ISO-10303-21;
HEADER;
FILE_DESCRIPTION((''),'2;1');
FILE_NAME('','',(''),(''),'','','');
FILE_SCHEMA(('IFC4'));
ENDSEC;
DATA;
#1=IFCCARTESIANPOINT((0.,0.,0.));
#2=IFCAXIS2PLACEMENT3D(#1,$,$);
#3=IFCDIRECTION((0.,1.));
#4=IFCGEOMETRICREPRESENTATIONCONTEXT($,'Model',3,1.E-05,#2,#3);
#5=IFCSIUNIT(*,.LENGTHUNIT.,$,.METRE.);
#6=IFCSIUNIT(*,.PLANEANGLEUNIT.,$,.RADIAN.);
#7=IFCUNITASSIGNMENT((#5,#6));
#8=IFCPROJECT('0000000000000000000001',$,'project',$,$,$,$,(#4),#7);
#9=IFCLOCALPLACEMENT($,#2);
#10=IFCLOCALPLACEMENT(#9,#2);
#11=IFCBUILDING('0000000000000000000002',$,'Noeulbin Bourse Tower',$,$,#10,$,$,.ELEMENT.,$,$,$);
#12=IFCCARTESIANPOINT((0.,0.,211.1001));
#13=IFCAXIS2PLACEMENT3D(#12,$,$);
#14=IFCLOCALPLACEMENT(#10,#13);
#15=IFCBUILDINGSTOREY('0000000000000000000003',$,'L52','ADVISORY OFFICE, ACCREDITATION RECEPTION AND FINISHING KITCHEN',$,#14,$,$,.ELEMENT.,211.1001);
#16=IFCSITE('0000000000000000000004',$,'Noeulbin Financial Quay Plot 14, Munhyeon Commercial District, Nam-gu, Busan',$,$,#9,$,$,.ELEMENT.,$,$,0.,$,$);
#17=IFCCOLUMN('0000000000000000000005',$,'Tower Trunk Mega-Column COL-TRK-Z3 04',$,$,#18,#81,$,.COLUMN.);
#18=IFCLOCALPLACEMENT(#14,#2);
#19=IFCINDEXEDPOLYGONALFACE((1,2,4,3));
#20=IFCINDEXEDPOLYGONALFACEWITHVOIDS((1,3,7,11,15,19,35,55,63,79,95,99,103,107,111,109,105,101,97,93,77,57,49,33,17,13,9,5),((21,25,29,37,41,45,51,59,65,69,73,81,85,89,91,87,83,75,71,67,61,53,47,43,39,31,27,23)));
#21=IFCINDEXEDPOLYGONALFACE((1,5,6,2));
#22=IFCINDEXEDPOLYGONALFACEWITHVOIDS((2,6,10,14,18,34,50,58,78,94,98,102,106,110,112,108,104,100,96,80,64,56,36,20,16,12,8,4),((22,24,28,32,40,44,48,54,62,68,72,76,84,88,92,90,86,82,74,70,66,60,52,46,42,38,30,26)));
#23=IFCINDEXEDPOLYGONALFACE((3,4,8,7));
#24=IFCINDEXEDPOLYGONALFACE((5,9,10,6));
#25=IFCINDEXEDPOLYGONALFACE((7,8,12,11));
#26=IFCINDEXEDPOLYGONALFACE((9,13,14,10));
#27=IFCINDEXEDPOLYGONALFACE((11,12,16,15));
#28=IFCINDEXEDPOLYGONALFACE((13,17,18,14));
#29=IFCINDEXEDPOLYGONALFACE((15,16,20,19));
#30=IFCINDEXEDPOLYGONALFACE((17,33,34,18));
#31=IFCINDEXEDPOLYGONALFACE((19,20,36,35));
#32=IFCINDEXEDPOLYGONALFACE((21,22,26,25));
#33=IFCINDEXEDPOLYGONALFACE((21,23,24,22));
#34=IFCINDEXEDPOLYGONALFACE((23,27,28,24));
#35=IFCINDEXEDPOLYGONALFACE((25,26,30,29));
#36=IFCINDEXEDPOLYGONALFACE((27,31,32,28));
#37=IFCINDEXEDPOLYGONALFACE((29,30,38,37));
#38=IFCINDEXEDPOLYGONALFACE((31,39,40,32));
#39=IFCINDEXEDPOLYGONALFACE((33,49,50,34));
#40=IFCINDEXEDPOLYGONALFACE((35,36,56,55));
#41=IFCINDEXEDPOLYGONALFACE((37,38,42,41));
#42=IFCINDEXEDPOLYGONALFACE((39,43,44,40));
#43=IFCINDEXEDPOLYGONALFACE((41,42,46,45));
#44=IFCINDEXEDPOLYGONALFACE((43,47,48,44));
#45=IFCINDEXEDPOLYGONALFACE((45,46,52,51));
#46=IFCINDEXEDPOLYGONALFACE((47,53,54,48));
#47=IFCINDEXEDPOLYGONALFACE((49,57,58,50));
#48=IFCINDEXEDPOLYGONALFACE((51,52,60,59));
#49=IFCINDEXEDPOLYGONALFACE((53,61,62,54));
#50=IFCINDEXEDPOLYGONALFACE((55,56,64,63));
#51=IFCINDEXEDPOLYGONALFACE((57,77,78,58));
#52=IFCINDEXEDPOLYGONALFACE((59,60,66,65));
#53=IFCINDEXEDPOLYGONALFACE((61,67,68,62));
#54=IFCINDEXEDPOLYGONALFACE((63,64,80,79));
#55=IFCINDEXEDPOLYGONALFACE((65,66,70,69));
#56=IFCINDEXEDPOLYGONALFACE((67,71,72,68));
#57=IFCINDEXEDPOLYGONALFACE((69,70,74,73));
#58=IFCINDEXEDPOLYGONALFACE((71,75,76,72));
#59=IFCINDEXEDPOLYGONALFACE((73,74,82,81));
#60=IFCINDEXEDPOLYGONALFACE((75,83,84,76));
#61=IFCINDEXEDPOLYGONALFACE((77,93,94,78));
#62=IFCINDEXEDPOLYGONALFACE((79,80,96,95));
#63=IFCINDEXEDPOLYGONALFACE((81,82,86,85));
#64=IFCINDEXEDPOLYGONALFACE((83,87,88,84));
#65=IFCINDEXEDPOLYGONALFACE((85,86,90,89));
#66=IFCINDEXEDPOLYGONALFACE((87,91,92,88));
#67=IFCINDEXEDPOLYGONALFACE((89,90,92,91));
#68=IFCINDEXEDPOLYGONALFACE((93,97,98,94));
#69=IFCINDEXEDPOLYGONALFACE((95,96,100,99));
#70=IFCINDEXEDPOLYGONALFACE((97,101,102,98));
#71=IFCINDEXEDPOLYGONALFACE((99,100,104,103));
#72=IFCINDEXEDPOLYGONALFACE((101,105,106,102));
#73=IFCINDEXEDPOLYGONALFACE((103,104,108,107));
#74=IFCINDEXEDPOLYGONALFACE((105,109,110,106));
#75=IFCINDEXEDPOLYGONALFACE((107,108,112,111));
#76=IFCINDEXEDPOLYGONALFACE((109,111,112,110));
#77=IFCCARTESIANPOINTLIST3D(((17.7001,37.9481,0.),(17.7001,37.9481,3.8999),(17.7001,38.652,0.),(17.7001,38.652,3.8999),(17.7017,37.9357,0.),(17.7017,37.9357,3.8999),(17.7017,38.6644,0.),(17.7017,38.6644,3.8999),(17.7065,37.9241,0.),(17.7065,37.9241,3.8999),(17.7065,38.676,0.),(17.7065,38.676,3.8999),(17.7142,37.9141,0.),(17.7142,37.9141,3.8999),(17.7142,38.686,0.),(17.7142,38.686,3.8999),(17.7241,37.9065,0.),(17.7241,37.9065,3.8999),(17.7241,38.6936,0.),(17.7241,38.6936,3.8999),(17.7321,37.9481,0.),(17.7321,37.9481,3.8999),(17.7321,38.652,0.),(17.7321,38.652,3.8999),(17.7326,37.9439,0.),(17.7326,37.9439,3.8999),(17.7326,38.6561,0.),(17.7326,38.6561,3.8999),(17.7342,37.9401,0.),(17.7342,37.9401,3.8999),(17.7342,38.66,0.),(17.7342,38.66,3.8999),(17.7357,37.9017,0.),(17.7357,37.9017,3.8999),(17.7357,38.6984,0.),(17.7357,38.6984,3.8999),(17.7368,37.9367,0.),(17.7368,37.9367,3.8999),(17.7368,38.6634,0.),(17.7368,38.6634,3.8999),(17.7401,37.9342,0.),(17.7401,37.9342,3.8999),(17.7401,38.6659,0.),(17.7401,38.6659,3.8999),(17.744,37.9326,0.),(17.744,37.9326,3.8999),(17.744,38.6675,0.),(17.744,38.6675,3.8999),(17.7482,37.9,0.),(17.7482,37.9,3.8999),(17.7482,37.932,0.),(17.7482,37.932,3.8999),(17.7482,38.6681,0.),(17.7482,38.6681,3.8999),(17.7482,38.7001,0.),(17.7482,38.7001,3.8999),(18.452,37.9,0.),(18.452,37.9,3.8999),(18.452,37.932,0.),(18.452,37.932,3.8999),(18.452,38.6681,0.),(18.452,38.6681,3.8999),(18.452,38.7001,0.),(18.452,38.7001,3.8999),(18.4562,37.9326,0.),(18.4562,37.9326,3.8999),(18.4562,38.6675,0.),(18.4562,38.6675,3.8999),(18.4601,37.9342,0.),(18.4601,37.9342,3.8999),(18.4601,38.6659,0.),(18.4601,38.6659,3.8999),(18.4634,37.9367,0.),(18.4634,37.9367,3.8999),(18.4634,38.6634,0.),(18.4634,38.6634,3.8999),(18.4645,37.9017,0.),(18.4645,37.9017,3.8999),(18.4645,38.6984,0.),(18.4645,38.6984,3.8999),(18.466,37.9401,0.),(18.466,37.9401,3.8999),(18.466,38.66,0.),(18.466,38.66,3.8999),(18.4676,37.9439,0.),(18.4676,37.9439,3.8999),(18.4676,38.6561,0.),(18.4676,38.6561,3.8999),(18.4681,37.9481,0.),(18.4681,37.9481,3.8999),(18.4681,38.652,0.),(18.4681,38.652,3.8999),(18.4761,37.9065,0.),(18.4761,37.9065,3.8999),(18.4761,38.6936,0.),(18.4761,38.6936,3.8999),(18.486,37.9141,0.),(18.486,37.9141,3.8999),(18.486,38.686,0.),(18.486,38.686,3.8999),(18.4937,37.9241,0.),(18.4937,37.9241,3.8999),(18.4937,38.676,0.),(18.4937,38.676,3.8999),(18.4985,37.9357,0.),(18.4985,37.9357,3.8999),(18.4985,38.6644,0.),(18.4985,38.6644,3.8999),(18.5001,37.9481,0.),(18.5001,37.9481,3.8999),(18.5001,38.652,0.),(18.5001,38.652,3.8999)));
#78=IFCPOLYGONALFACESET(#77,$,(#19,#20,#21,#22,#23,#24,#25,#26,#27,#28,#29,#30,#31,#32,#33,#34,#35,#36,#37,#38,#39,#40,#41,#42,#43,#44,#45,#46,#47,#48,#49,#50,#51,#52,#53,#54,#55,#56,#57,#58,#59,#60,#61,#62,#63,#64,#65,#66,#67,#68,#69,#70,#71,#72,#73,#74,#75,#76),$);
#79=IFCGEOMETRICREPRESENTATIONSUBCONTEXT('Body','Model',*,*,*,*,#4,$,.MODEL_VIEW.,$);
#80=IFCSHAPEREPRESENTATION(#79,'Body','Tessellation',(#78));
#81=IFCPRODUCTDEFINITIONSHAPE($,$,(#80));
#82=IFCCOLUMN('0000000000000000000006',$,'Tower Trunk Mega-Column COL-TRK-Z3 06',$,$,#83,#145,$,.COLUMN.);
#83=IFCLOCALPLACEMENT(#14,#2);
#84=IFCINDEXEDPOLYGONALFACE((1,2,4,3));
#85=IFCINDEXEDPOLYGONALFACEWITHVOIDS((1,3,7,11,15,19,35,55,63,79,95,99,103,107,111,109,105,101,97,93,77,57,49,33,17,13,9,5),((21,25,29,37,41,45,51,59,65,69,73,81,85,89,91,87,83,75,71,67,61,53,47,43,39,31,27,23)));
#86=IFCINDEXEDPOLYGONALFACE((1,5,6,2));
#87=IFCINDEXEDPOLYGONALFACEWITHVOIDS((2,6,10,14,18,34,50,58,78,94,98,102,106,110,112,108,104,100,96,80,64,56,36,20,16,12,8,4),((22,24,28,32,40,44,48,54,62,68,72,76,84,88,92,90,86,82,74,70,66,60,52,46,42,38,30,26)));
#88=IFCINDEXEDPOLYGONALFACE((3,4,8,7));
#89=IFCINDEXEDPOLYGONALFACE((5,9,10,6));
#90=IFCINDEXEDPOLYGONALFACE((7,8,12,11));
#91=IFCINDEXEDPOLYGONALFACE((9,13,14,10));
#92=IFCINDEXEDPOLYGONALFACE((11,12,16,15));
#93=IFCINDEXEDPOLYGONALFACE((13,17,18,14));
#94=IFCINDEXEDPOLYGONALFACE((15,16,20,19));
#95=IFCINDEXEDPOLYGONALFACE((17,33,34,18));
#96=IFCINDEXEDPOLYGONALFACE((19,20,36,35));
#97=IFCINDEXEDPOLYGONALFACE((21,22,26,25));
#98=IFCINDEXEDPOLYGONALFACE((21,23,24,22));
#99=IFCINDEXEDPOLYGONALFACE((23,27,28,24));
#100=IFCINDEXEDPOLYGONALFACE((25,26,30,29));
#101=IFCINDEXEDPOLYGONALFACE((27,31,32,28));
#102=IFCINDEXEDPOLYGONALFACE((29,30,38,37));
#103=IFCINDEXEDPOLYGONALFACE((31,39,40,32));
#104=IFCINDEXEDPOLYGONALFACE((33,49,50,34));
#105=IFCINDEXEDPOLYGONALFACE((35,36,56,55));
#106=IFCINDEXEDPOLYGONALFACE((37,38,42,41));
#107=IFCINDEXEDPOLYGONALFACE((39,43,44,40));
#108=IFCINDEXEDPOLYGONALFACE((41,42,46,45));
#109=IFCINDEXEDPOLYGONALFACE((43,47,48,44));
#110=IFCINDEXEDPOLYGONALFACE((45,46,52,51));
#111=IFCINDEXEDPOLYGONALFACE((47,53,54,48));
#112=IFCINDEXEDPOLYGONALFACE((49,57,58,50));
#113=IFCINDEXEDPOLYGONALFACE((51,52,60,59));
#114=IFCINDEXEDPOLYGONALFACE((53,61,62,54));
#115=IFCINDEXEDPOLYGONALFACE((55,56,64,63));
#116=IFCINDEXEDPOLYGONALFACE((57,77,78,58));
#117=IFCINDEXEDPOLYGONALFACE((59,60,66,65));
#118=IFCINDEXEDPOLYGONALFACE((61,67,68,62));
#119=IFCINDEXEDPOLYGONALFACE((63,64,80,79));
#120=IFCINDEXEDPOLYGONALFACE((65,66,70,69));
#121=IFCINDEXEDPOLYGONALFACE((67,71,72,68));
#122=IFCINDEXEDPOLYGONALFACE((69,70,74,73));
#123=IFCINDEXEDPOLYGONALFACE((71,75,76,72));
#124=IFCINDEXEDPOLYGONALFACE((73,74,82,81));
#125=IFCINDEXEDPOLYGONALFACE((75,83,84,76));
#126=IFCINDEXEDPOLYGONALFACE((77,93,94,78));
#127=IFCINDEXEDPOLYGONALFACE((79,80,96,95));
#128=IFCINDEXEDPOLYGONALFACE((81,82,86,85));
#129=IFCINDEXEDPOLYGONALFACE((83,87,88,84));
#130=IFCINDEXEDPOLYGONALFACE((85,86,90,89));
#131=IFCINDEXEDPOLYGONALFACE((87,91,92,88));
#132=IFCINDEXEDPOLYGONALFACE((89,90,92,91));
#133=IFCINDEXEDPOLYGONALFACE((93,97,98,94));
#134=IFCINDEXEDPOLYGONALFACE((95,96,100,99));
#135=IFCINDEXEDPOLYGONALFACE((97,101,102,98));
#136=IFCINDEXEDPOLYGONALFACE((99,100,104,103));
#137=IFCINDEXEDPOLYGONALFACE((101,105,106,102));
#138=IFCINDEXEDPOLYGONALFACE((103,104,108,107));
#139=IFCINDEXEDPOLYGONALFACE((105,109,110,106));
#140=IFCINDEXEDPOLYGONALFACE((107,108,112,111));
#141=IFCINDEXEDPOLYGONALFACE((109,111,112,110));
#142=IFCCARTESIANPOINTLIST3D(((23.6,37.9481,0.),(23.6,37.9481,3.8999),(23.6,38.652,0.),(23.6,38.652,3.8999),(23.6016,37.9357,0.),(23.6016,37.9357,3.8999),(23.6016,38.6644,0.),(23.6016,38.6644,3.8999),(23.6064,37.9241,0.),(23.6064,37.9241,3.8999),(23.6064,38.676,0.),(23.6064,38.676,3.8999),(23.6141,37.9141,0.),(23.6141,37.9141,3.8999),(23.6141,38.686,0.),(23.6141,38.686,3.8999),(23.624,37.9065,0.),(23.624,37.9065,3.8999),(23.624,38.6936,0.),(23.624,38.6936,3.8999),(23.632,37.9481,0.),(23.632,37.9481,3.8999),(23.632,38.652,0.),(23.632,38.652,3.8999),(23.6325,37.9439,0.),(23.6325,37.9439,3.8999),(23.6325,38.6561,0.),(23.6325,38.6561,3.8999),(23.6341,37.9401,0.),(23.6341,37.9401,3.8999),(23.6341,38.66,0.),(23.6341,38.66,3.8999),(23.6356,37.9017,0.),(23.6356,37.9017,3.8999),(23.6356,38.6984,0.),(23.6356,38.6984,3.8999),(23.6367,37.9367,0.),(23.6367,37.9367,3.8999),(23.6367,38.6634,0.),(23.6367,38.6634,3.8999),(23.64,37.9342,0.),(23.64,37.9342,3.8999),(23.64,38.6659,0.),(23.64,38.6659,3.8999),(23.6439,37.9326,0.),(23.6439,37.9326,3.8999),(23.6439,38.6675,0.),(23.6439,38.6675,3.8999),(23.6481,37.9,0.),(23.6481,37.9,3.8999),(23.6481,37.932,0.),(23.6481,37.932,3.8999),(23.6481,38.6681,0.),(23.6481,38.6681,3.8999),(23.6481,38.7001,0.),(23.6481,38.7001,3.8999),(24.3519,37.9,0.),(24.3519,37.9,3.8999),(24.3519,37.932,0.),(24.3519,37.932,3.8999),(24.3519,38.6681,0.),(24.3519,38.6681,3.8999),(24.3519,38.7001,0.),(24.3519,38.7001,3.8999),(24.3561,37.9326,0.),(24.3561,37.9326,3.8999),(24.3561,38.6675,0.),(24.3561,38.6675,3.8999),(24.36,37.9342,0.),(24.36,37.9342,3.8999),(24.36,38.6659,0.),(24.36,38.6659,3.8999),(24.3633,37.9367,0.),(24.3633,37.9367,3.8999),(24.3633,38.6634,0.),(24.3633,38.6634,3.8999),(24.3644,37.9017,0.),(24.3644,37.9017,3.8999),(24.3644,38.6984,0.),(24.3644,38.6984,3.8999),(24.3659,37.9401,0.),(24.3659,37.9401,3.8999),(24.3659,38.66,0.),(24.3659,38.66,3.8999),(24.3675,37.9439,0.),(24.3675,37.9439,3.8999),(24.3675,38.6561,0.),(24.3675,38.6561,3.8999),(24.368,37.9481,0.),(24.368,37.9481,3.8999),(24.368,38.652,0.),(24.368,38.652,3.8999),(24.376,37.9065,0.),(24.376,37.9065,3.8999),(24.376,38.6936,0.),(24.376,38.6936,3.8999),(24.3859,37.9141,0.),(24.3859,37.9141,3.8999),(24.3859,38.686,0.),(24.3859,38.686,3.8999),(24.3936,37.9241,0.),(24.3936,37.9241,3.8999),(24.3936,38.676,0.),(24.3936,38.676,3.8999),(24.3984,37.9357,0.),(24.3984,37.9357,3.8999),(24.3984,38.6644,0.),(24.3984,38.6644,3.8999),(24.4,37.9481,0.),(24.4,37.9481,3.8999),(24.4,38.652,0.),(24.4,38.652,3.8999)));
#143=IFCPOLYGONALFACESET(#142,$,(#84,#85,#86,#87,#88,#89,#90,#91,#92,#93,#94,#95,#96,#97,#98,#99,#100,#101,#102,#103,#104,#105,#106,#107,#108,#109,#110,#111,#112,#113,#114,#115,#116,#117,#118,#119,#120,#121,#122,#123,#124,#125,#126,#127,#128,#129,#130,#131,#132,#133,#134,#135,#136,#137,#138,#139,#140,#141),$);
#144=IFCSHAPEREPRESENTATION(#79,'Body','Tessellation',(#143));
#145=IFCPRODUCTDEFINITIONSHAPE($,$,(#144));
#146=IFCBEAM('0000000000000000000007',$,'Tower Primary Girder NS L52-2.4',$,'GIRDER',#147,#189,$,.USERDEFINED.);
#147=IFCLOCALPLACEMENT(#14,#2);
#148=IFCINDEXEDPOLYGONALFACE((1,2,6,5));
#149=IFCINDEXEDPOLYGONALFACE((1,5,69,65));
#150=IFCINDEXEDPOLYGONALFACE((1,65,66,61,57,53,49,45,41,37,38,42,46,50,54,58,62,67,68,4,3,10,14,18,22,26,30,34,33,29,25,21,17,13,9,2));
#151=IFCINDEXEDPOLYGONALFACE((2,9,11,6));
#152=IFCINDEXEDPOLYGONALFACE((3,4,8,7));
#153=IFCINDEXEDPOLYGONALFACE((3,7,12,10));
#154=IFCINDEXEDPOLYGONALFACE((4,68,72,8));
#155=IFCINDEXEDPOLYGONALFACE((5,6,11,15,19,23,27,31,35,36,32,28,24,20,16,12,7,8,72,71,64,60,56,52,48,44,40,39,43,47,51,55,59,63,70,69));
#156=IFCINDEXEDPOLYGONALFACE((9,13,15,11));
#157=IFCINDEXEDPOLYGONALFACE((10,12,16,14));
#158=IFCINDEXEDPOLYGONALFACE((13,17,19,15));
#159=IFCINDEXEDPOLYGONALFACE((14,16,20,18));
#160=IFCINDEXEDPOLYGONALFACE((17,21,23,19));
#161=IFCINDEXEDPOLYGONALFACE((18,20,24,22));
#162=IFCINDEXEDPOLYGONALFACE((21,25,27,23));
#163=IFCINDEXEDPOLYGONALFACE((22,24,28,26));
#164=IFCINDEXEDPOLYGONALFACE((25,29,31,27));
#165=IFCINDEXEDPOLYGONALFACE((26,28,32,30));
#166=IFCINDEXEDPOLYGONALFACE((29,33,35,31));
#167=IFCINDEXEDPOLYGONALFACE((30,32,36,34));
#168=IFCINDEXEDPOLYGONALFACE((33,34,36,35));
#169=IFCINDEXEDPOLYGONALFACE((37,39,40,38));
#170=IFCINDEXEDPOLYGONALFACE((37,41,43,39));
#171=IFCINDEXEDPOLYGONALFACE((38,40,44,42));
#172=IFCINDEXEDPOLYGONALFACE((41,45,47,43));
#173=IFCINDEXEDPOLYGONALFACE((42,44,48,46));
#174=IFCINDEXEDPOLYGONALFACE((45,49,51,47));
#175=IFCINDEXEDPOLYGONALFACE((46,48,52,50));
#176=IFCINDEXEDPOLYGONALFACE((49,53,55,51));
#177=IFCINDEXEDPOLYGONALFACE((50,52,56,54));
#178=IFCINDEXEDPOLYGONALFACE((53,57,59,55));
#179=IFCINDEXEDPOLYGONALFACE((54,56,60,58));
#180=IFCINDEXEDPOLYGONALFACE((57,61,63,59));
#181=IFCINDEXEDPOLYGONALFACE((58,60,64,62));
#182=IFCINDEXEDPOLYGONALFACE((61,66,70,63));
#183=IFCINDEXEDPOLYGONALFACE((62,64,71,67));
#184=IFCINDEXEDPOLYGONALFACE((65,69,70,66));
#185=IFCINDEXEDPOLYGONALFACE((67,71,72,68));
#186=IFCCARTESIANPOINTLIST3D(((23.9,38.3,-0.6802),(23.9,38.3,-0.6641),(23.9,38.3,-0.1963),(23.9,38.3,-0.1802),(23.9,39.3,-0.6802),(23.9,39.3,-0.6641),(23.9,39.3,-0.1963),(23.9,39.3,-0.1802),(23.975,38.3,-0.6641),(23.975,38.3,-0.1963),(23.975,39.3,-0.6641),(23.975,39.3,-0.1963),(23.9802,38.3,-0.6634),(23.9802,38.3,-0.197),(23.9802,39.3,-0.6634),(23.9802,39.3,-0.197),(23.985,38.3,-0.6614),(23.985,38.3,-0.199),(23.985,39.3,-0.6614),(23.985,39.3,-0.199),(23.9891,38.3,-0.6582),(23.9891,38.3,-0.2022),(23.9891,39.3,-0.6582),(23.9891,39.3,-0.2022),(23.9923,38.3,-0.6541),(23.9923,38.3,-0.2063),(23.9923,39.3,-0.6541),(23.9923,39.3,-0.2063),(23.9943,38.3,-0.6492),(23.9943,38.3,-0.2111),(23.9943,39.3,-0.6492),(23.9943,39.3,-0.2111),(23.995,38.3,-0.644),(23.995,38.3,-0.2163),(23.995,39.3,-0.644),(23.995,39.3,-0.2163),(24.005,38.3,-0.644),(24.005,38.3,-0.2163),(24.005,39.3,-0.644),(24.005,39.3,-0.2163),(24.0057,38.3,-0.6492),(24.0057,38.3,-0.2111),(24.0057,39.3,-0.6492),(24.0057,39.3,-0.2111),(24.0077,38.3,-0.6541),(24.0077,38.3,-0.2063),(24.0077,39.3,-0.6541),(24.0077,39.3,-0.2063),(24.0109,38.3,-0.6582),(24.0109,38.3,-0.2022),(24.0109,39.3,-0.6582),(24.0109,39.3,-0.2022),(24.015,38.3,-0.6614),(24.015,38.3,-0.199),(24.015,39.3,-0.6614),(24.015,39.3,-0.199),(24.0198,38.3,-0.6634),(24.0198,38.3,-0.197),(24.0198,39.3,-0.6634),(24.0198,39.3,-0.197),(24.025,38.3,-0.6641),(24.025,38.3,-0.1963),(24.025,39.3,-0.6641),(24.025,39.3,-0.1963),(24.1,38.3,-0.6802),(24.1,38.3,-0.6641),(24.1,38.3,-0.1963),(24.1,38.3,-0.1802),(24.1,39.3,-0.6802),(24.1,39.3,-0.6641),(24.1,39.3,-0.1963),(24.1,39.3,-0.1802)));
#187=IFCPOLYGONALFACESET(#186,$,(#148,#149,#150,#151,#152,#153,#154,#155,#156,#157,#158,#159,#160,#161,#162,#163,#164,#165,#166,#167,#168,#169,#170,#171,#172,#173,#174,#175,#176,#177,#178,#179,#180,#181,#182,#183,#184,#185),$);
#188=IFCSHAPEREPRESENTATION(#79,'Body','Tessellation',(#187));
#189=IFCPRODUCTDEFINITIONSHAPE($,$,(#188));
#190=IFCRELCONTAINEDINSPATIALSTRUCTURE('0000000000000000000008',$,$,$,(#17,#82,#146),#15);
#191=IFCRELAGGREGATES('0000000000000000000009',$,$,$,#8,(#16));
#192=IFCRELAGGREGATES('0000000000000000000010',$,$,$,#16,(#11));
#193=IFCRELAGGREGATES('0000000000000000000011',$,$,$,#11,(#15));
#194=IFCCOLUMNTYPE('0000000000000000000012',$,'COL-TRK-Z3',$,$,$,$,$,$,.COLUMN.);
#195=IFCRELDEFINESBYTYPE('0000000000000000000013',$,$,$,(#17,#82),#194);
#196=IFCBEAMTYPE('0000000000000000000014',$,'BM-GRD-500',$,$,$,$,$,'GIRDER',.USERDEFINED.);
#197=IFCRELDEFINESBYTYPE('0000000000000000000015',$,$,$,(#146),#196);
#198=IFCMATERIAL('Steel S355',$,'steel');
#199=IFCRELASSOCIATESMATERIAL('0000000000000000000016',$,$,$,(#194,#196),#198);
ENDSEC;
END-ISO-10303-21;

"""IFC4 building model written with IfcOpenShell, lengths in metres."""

from ifc_helpers import new_model, si_unit, direction, frame, origin, origin_2d, place, context, subcontext, project, spatial, hollow_rectangle, i_section, extrude, material, material_profile, profile_set, type_object, element, save


model = new_model("IFC4")

# Units and contexts
model_context = context("Model", 3, precision=1e-05, world=origin(), true_north=direction((0.0, 1.0)))
body_context = subcontext(model_context, "Body", "Model", "MODEL_VIEW")
ifc_project = project(units=[si_unit("LENGTHUNIT", "METRE"), si_unit("PLANEANGLEUNIT", "RADIAN")], contexts=[model_context])

# Site, building, storey
site_placement = place(None, origin())
site = spatial("IfcSite", under=ifc_project, at=site_placement, Name="Noeulbin Financial Quay Plot 14, Munhyeon Commercial District, Nam-gu, Busan", CompositionType="ELEMENT", RefElevation=0.0)
building_placement = place(site_placement, origin())
building = spatial("IfcBuilding", under=site, at=building_placement, Name="Noeulbin Bourse Tower", CompositionType="ELEMENT")
storey_placement = place(building_placement, frame((0.0, 0.0, 211.1001)))
storey = spatial("IfcBuildingStorey", under=building, at=storey_placement, Name="L52", Description="ADVISORY OFFICE, ACCREDITATION RECEPTION AND FINISHING KITCHEN", CompositionType="ELEMENT", Elevation=211.1001)

# Columns
ifc_material_1 = material(Name="Steel S355", Category="steel")
ifc_material_profile_1 = material_profile(ifc_material_1, hollow_rectangle(XDim=0.8, YDim=0.8, WallThickness=0.032, InnerFilletRadius=0.0161, OuterFilletRadius=0.0481, at=origin_2d()), Name="BOX-800x800x32", Category="LoadBearing")
ifc_profile_set_1 = profile_set([ifc_material_profile_1], Name="Steel S355")
column_type = type_object("IfcColumnType", Name="COL-TRK-Z3", PredefinedType="COLUMN", material=ifc_profile_set_1)
for number, where, z_axis, x_axis, name in (
    (1, (18.1001, 38.3, 0.0), (0.0, 0.0, 1.0), (1.0, 0.0, 0.0), "Tower Trunk Mega-Column COL-TRK-Z3 04"),
    (2, (24.0, 38.3, 0.0), (0.0, 0.0, 1.0), (1.0, 0.0, 0.0), "Tower Trunk Mega-Column COL-TRK-Z3 06"),
):
    element("IfcColumn", number, at=place(storey_placement, frame(where, z_axis=z_axis, x_axis=x_axis)), inside=storey, type_object=column_type, Name=name, PredefinedType="COLUMN", context=body_context, shape_type="SweptSolid", body=[
        extrude(hollow_rectangle(XDim=0.8, YDim=0.8, WallThickness=0.032, InnerFilletRadius=0.0161, OuterFilletRadius=0.0481, at=origin_2d()), origin(), (0.0, 0.0, 1.0), 3.8999),
    ])

# Beam
ifc_material_profile_2 = material_profile(ifc_material_1, i_section(OverallWidth=0.2, OverallDepth=0.5, WebThickness=0.01, FlangeThickness=0.0161, FilletRadius=0.02, at=origin_2d()), Name="H-500x200x10x16", Category="LoadBearing")
ifc_profile_set_2 = profile_set([ifc_material_profile_2], Name="Steel S355")
beam_type = type_object("IfcBeamType", Name="BM-GRD-500", ElementType="GIRDER", PredefinedType="USERDEFINED", material=ifc_profile_set_2)
beam_placement = place(storey_placement, frame((24.0, 38.3, -0.4302), z_axis=(0.0, 1.0, 0.0), x_axis=(-1.0, 0.0, 0.0)))
element("IfcBeam", 3, at=beam_placement, inside=storey, type_object=beam_type, Name="Tower Primary Girder NS L52-2.4", ObjectType="GIRDER", PredefinedType="USERDEFINED", context=body_context, shape_type="SweptSolid", body=[
    extrude(i_section(OverallWidth=0.2, OverallDepth=0.5, WebThickness=0.01, FlangeThickness=0.0161, FilletRadius=0.02, at=origin_2d()), origin(), (0.0, 0.0, 1.0), 1.0),
])

save(model, "model.ifc")
